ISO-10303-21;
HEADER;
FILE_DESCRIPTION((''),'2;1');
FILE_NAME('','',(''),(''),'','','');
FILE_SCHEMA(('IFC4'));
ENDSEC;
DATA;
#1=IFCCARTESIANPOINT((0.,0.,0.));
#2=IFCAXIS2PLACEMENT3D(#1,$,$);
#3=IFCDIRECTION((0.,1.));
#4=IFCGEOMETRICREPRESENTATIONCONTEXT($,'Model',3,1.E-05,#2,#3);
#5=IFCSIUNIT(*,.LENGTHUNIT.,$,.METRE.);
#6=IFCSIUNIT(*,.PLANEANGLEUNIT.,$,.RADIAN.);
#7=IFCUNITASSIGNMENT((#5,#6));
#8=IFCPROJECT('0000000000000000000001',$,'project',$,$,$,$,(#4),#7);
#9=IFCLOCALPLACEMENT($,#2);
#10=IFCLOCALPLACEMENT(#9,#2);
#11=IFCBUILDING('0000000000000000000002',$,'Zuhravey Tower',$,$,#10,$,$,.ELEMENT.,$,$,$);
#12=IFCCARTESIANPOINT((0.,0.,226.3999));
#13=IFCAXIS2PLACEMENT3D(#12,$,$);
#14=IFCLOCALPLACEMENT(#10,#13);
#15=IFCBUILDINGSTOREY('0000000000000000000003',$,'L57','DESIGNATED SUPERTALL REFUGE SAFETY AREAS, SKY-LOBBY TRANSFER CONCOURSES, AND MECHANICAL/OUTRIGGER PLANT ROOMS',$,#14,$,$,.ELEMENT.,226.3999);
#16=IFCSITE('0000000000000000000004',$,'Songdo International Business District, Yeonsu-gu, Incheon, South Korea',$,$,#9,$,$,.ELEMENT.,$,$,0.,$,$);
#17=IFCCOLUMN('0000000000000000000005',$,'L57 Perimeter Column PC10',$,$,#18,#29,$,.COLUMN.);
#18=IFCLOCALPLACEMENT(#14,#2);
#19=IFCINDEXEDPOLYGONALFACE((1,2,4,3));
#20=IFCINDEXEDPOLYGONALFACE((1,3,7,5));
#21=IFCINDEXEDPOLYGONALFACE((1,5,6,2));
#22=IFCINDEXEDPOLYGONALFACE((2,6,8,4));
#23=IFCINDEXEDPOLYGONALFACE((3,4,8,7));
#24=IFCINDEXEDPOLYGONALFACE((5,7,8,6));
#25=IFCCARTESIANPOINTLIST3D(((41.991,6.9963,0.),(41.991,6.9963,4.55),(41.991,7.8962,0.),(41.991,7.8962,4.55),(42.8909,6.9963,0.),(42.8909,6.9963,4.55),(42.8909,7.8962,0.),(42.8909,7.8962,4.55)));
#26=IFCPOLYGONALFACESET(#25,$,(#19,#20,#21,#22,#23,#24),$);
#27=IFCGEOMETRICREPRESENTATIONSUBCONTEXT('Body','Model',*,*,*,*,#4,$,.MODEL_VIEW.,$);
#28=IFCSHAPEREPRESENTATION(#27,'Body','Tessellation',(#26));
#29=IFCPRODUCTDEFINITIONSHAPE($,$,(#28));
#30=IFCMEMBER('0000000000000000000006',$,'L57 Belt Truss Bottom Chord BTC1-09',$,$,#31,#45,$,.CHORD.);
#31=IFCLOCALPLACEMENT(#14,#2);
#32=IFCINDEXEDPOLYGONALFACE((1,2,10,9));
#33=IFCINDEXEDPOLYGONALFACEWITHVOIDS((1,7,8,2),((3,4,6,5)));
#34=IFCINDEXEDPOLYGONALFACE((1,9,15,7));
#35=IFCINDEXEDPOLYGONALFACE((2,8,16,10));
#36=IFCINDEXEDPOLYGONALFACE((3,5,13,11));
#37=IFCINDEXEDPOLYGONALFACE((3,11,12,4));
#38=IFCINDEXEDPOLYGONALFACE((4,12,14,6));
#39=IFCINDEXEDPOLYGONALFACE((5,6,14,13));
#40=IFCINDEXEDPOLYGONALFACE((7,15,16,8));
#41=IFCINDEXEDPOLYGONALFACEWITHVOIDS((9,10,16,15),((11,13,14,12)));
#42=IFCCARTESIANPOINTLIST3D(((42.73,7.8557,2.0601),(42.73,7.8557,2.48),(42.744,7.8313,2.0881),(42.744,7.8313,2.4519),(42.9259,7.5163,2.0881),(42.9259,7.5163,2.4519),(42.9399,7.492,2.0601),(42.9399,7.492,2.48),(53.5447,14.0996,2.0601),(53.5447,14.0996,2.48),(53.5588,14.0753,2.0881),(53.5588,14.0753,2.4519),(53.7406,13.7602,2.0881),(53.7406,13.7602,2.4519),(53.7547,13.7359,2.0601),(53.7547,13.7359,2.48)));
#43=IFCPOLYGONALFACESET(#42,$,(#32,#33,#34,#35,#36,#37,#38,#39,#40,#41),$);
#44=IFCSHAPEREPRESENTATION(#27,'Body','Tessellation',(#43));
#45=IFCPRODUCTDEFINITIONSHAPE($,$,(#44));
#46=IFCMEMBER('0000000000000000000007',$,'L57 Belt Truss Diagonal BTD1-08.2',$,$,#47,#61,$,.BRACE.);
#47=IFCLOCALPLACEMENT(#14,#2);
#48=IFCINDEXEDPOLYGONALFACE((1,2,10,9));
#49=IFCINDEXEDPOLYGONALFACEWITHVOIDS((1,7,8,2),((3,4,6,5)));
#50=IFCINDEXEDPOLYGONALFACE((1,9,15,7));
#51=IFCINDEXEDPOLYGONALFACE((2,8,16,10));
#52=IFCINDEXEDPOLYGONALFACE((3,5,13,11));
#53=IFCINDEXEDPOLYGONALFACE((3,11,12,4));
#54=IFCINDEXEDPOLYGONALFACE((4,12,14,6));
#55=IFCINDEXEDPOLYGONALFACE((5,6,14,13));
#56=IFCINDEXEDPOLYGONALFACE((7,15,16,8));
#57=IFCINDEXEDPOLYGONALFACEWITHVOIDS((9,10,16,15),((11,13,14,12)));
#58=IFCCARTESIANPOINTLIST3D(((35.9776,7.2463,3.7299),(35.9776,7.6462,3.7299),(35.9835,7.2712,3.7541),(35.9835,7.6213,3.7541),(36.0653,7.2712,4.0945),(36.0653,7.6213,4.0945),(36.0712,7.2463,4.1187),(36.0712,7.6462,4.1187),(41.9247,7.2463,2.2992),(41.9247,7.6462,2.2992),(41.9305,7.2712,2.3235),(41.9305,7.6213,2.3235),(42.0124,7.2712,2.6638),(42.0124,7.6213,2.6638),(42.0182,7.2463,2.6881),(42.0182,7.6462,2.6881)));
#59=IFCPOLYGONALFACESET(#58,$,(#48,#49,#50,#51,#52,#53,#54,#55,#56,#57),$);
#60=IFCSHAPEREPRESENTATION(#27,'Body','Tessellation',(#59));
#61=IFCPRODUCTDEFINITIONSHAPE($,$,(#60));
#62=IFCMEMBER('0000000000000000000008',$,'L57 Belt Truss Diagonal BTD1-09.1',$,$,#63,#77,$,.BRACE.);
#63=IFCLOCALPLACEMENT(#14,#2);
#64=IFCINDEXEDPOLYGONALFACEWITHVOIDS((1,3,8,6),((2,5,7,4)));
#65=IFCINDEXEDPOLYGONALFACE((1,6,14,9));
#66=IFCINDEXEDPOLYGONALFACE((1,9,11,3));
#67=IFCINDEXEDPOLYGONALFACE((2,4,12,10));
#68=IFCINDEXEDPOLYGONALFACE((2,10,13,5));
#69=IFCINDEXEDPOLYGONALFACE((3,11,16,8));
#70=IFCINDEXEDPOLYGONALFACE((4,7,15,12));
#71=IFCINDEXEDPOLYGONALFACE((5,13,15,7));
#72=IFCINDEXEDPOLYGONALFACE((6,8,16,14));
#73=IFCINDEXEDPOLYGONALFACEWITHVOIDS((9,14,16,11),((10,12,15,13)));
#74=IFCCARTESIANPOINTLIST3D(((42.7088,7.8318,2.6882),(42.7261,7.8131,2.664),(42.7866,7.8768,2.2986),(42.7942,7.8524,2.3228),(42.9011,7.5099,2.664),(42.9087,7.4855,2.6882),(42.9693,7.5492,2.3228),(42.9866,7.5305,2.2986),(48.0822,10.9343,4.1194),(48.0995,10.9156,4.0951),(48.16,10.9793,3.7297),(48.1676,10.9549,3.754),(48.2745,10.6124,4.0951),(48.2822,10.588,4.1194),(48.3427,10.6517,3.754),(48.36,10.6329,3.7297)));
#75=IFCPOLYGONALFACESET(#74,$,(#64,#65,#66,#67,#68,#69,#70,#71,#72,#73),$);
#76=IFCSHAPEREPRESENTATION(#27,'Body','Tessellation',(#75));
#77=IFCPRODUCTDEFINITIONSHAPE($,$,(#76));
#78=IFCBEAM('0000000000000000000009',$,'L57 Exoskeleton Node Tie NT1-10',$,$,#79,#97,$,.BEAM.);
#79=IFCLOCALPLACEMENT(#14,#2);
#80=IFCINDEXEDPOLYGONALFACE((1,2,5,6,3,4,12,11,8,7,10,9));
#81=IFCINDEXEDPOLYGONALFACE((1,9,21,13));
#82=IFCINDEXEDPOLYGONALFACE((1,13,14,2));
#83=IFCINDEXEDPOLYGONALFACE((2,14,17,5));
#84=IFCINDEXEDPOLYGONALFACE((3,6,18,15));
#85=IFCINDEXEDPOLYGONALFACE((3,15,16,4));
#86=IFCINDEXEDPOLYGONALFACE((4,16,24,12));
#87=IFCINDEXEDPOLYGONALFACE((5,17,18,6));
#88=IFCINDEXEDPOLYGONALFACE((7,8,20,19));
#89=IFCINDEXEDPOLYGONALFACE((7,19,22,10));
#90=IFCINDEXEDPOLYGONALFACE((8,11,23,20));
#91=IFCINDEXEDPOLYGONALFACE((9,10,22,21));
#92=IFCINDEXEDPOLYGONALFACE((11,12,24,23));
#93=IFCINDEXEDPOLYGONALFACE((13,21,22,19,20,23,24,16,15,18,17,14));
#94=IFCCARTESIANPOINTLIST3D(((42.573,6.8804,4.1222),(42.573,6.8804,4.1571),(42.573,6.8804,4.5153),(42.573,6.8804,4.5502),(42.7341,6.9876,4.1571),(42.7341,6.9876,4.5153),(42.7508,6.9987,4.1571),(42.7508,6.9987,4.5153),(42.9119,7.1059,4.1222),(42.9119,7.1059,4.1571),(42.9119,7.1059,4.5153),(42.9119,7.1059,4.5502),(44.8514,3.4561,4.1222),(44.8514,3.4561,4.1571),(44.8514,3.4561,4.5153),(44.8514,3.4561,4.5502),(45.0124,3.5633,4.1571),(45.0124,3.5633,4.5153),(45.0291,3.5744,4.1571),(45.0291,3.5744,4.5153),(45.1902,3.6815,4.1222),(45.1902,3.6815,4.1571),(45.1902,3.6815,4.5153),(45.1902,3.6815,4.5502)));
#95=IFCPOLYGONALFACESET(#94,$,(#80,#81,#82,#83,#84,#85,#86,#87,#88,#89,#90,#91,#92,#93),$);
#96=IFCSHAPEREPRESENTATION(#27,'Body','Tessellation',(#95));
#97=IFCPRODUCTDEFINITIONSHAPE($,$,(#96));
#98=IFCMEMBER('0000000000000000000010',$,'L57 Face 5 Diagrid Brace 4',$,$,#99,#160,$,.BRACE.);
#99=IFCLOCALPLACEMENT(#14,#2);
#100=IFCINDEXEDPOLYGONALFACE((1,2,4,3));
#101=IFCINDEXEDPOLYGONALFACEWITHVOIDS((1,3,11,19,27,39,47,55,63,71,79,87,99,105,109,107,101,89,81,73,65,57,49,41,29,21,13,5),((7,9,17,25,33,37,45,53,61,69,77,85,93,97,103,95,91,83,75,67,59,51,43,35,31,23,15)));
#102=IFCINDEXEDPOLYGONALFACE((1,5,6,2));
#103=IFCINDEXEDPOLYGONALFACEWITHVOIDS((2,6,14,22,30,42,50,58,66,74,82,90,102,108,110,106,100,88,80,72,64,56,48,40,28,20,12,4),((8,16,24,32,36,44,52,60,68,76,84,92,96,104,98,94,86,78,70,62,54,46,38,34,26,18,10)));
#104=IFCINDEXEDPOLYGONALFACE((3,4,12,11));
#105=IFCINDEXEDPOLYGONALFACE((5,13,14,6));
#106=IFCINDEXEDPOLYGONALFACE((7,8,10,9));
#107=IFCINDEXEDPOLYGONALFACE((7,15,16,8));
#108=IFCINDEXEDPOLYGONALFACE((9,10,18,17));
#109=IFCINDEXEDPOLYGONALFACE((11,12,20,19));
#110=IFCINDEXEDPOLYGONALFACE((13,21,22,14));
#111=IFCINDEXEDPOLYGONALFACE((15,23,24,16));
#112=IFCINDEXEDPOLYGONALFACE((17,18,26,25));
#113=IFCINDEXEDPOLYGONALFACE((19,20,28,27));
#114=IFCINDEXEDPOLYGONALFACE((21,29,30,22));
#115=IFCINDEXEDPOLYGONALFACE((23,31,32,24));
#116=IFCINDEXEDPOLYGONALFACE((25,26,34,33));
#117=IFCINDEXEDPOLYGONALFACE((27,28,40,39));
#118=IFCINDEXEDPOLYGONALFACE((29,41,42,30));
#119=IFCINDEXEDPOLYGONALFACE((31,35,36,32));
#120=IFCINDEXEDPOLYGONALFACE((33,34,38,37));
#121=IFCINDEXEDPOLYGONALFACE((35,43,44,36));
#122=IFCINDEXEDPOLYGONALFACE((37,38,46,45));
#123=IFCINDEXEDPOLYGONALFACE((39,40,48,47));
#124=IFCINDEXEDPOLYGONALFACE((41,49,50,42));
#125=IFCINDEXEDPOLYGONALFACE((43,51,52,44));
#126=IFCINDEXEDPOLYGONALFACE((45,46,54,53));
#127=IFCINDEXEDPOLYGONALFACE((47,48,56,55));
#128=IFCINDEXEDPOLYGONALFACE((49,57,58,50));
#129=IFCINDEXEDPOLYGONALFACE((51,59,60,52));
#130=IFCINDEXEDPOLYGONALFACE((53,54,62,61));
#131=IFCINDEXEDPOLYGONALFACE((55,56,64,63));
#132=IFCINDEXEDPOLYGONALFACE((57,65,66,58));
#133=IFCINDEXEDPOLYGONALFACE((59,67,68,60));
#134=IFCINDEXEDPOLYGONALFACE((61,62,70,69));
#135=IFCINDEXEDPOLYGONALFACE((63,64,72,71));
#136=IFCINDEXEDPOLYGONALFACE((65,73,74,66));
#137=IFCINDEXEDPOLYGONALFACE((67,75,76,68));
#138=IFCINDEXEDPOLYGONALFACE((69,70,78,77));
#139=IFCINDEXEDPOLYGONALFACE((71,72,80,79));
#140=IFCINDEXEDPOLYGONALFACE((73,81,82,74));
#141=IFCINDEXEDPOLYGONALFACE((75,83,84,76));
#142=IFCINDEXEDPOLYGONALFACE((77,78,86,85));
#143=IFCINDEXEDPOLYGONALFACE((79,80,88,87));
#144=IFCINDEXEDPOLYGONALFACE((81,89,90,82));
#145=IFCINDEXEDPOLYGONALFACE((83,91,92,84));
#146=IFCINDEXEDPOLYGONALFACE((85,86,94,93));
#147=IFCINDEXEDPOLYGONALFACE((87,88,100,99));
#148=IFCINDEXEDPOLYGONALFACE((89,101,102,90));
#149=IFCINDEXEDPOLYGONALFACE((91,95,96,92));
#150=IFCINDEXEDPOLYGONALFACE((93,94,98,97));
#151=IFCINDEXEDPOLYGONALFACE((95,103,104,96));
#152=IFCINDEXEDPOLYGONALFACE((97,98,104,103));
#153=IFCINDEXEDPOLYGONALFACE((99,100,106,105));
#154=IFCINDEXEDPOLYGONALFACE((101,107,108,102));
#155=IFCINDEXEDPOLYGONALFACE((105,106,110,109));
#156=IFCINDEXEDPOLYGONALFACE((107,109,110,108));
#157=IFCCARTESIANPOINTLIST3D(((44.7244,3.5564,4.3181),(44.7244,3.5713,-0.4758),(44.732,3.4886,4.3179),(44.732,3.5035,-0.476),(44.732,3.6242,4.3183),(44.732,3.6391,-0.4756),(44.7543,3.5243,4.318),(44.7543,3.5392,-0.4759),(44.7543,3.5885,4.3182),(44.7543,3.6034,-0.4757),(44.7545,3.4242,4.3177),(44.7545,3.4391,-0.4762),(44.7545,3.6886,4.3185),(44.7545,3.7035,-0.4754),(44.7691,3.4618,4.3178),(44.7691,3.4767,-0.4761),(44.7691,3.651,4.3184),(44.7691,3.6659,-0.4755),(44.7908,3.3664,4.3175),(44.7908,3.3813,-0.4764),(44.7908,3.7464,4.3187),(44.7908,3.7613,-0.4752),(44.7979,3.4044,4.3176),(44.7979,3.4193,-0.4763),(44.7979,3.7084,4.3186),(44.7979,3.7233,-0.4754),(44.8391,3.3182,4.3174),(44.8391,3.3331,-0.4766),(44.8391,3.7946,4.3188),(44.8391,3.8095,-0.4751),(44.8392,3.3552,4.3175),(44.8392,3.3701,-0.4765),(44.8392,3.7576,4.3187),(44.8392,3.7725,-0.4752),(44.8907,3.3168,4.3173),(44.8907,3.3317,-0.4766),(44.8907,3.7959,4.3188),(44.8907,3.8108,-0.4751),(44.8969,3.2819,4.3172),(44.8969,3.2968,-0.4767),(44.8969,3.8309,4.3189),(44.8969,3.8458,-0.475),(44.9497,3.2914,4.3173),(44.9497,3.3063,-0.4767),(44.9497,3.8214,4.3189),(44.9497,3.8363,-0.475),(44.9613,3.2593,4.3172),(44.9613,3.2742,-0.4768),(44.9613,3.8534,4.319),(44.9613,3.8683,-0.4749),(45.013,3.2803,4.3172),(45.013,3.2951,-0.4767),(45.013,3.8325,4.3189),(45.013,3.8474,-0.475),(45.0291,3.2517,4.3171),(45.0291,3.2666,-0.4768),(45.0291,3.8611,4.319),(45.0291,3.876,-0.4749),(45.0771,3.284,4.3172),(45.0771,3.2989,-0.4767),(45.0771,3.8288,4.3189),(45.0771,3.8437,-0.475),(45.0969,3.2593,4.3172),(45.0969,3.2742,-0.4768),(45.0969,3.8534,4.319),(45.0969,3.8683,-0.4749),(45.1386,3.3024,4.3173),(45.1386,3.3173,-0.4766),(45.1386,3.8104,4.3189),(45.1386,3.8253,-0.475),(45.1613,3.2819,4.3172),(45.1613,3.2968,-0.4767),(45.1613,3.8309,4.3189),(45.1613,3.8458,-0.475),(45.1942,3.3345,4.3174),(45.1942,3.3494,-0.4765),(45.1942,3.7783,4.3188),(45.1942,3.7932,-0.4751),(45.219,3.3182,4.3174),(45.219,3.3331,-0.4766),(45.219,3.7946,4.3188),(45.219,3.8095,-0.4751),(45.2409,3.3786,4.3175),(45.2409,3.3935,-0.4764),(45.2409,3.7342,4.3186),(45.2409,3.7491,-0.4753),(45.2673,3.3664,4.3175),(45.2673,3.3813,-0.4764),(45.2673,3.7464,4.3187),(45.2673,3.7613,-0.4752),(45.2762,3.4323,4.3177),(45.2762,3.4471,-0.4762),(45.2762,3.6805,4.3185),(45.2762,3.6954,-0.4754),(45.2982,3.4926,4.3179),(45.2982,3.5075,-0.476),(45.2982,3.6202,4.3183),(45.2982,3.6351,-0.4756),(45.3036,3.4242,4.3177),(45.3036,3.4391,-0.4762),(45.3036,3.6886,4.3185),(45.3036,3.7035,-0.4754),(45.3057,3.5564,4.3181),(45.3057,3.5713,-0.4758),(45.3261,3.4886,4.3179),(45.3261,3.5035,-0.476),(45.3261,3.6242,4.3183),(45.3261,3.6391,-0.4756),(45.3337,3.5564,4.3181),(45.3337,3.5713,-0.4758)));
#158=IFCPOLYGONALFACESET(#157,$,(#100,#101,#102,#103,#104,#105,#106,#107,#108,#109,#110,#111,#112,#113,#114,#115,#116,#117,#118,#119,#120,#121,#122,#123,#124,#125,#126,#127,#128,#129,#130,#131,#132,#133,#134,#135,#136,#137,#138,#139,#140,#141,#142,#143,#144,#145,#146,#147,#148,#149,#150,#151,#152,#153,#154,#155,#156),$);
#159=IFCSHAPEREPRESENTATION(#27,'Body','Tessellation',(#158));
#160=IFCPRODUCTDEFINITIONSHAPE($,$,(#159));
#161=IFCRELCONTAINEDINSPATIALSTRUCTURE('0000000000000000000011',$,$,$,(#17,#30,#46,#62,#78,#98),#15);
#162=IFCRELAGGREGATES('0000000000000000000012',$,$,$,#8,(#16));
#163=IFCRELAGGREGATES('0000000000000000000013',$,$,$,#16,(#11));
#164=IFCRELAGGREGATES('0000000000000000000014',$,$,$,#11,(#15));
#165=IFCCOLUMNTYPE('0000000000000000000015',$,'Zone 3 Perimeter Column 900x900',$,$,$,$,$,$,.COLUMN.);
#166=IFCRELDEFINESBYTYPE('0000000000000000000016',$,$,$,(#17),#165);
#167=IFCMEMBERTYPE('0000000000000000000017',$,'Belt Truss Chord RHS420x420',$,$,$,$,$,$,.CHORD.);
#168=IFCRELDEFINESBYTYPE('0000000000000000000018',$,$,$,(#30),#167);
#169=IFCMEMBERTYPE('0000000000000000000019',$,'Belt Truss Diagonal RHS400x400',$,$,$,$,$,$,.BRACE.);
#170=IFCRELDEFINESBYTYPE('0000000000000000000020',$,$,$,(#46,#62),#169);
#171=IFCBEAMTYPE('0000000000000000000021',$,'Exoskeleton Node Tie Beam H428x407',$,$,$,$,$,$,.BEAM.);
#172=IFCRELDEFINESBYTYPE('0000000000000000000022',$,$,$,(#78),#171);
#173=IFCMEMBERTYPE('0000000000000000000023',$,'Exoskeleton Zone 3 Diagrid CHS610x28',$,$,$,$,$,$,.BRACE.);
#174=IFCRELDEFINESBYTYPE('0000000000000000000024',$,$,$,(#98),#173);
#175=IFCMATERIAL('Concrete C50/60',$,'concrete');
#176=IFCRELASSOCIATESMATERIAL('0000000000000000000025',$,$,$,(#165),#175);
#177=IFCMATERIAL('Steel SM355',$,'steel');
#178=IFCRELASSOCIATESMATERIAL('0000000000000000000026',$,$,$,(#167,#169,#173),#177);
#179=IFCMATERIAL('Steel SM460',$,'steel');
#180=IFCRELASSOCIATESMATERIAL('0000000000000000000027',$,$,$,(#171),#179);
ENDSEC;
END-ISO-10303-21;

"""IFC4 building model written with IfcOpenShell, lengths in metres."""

from ifc_helpers import new_model, si_unit, direction, frame, origin, origin_2d, place, context, subcontext, project, spatial, rectangle, hollow_rectangle, hollow_circle, i_section, extrude, material, material_profile, profile_set, type_object, element, save


model = new_model("IFC4")

# Units and contexts
model_context = context("Model", 3, precision=1e-05, world=origin(), true_north=direction((0.0, 1.0)))
body_context = subcontext(model_context, "Body", "Model", "MODEL_VIEW")
ifc_project = project(units=[si_unit("LENGTHUNIT", "METRE"), si_unit("PLANEANGLEUNIT", "RADIAN")], contexts=[model_context])

# Site, building, storey
site_placement = place(None, origin())
site = spatial("IfcSite", under=ifc_project, at=site_placement, Name="Songdo International Business District, Yeonsu-gu, Incheon, South Korea", CompositionType="ELEMENT", RefElevation=0.0)
building_placement = place(site_placement, origin())
building = spatial("IfcBuilding", under=site, at=building_placement, Name="Zuhravey Tower", CompositionType="ELEMENT")
storey_placement = place(building_placement, frame((0.0, 0.0, 226.3999)))
storey = spatial("IfcBuildingStorey", under=building, at=storey_placement, Name="L57", Description="DESIGNATED SUPERTALL REFUGE SAFETY AREAS, SKY-LOBBY TRANSFER CONCOURSES, AND MECHANICAL/OUTRIGGER PLANT ROOMS", CompositionType="ELEMENT", Elevation=226.3999)

# Column
ifc_material_1 = material(Name="Concrete C50/60", Category="concrete")
ifc_material_profile_1 = material_profile(ifc_material_1, rectangle(XDim=0.8999, YDim=0.8999, at=origin_2d()), Name="RC-900x900")
ifc_profile_set_1 = profile_set([ifc_material_profile_1], Name="Concrete C50/60")
column_type = type_object("IfcColumnType", Name="Zone 3 Perimeter Column 900x900", PredefinedType="COLUMN", material=ifc_profile_set_1)
column_placement = place(storey_placement, frame((42.4409, 7.4463, 0.0), z_axis=(0.0, 0.0, 1.0), x_axis=(1.0, 0.0, 0.0)))
element("IfcColumn", 1, at=column_placement, inside=storey, type_object=column_type, Name="L57 Perimeter Column PC10", PredefinedType="COLUMN", context=body_context, shape_type="SweptSolid", body=[
    extrude(rectangle(XDim=0.8999, YDim=0.8999, at=origin_2d()), origin(), (0.0, 0.0, 1.0), 4.55),
])

# Members
ifc_material_2 = material(Name="Steel SM355", Category="steel")
ifc_material_profile_2 = material_profile(ifc_material_2, hollow_rectangle(XDim=0.4199, YDim=0.4199, WallThickness=0.0281, at=origin_2d()), Name="RHS-420x420x28")
ifc_profile_set_2 = profile_set([ifc_material_profile_2], Name="Steel SM355")
member_type_1 = type_object("IfcMemberType", Name="Belt Truss Chord RHS420x420", PredefinedType="CHORD", material=ifc_profile_set_2)
member_1_placement = place(storey_placement, frame((42.835, 7.6738, 2.27), z_axis=(0.866024, 0.500002, 0.0), x_axis=(-0.500002, 0.866024, 0.0)))
element("IfcMember", 2, at=member_1_placement, inside=storey, type_object=member_type_1, Name="L57 Belt Truss Bottom Chord BTC1-09", PredefinedType="CHORD", context=body_context, shape_type="SweptSolid", body=[
    extrude(hollow_rectangle(XDim=0.4199, YDim=0.4199, WallThickness=0.0281, at=origin_2d()), origin(), (0.0, 0.0, 1.0), 12.4878),
])
ifc_material_profile_3 = material_profile(ifc_material_2, hollow_rectangle(XDim=0.3999, YDim=0.3999, WallThickness=0.0249, at=origin_2d()), Name="RHS-400x400x25")
ifc_profile_set_3 = profile_set([ifc_material_profile_3], Name="Steel SM355")
member_type_2 = type_object("IfcMemberType", Name="Belt Truss Diagonal RHS400x400", PredefinedType="BRACE", material=ifc_profile_set_3)
member_2_placement = place(storey_placement, frame((41.9714, 7.4463, 2.4937), z_axis=(-0.972262, 0.0, 0.233895), x_axis=(0.0, -1.0, 0.0)))
element("IfcMember", 3, at=member_2_placement, inside=storey, type_object=member_type_2, Name="L57 Belt Truss Diagonal BTD1-08.2", PredefinedType="BRACE", context=body_context, shape_type="SweptSolid", body=[
    extrude(hollow_rectangle(XDim=0.3999, YDim=0.3999, WallThickness=0.0249, at=origin_2d()), origin(), (0.0, 0.0, 1.0), 6.1167),
])
member_3_placement = place(storey_placement, frame((42.8477, 7.6812, 2.4934), z_axis=(0.843861, 0.487223, 0.224748), x_axis=(-0.500015, 0.866017, 0.0)))
element("IfcMember", 4, at=member_3_placement, inside=storey, type_object=member_type_2, Name="L57 Belt Truss Diagonal BTD1-09.1", PredefinedType="BRACE", context=body_context, shape_type="SweptSolid", body=[
    extrude(hollow_rectangle(XDim=0.3999, YDim=0.3999, WallThickness=0.0249, at=origin_2d()), origin(), (0.0, 0.0, 1.0), 6.3677),
])

# Beam
ifc_material_3 = material(Name="Steel SM460", Category="steel")
ifc_material_profile_4 = material_profile(ifc_material_3, i_section(OverallWidth=0.407, OverallDepth=0.428, WebThickness=0.02, FlangeThickness=0.0349, at=origin_2d()), Name="H-428x407x20x35")
ifc_profile_set_4 = profile_set([ifc_material_profile_4], Name="Steel SM460")
beam_type_1 = type_object("IfcBeamType", Name="Exoskeleton Node Tie Beam H428x407", PredefinedType="BEAM", material=ifc_profile_set_4)
beam_1_placement = place(storey_placement, frame((42.7424, 6.9932, 4.3362), z_axis=(0.553933, -0.832561, 0.0), x_axis=(0.832561, 0.553933, 0.0)))
element("IfcBeam", 5, at=beam_1_placement, inside=storey, type_object=beam_type_1, Name="L57 Exoskeleton Node Tie NT1-10", PredefinedType="BEAM", context=body_context, shape_type="SweptSolid", body=[
    extrude(i_section(OverallWidth=0.407, OverallDepth=0.428, WebThickness=0.02, FlangeThickness=0.0349, at=origin_2d()), origin(), (0.0, 0.0, 1.0), 4.113),
])

# Member
ifc_material_profile_5 = material_profile(ifc_material_2, hollow_circle(Radius=0.3047, WallThickness=0.0281, at=origin_2d()), Name="CHS-609.6x28")
ifc_profile_set_5 = profile_set([ifc_material_profile_5], Name="Steel SM355")
member_type_3 = type_object("IfcMemberType", Name="Exoskeleton Zone 3 Diagrid CHS610x28", PredefinedType="BRACE", material=ifc_profile_set_5)
member_4_placement = place(storey_placement, frame((45.0291, 3.5713, -0.4758), z_axis=(0.0, -0.003107, 0.999995), x_axis=(1.0, 0.0, 0.0)))
element("IfcMember", 6, at=member_4_placement, inside=storey, type_object=member_type_3, Name="L57 Face 5 Diagrid Brace 4", PredefinedType="BRACE", context=body_context, shape_type="SweptSolid", body=[
    extrude(hollow_circle(Radius=0.3047, WallThickness=0.0281, at=origin_2d()), origin(), (0.0, 0.0, 1.0), 4.7939),
])

save(model, "model.ifc")
